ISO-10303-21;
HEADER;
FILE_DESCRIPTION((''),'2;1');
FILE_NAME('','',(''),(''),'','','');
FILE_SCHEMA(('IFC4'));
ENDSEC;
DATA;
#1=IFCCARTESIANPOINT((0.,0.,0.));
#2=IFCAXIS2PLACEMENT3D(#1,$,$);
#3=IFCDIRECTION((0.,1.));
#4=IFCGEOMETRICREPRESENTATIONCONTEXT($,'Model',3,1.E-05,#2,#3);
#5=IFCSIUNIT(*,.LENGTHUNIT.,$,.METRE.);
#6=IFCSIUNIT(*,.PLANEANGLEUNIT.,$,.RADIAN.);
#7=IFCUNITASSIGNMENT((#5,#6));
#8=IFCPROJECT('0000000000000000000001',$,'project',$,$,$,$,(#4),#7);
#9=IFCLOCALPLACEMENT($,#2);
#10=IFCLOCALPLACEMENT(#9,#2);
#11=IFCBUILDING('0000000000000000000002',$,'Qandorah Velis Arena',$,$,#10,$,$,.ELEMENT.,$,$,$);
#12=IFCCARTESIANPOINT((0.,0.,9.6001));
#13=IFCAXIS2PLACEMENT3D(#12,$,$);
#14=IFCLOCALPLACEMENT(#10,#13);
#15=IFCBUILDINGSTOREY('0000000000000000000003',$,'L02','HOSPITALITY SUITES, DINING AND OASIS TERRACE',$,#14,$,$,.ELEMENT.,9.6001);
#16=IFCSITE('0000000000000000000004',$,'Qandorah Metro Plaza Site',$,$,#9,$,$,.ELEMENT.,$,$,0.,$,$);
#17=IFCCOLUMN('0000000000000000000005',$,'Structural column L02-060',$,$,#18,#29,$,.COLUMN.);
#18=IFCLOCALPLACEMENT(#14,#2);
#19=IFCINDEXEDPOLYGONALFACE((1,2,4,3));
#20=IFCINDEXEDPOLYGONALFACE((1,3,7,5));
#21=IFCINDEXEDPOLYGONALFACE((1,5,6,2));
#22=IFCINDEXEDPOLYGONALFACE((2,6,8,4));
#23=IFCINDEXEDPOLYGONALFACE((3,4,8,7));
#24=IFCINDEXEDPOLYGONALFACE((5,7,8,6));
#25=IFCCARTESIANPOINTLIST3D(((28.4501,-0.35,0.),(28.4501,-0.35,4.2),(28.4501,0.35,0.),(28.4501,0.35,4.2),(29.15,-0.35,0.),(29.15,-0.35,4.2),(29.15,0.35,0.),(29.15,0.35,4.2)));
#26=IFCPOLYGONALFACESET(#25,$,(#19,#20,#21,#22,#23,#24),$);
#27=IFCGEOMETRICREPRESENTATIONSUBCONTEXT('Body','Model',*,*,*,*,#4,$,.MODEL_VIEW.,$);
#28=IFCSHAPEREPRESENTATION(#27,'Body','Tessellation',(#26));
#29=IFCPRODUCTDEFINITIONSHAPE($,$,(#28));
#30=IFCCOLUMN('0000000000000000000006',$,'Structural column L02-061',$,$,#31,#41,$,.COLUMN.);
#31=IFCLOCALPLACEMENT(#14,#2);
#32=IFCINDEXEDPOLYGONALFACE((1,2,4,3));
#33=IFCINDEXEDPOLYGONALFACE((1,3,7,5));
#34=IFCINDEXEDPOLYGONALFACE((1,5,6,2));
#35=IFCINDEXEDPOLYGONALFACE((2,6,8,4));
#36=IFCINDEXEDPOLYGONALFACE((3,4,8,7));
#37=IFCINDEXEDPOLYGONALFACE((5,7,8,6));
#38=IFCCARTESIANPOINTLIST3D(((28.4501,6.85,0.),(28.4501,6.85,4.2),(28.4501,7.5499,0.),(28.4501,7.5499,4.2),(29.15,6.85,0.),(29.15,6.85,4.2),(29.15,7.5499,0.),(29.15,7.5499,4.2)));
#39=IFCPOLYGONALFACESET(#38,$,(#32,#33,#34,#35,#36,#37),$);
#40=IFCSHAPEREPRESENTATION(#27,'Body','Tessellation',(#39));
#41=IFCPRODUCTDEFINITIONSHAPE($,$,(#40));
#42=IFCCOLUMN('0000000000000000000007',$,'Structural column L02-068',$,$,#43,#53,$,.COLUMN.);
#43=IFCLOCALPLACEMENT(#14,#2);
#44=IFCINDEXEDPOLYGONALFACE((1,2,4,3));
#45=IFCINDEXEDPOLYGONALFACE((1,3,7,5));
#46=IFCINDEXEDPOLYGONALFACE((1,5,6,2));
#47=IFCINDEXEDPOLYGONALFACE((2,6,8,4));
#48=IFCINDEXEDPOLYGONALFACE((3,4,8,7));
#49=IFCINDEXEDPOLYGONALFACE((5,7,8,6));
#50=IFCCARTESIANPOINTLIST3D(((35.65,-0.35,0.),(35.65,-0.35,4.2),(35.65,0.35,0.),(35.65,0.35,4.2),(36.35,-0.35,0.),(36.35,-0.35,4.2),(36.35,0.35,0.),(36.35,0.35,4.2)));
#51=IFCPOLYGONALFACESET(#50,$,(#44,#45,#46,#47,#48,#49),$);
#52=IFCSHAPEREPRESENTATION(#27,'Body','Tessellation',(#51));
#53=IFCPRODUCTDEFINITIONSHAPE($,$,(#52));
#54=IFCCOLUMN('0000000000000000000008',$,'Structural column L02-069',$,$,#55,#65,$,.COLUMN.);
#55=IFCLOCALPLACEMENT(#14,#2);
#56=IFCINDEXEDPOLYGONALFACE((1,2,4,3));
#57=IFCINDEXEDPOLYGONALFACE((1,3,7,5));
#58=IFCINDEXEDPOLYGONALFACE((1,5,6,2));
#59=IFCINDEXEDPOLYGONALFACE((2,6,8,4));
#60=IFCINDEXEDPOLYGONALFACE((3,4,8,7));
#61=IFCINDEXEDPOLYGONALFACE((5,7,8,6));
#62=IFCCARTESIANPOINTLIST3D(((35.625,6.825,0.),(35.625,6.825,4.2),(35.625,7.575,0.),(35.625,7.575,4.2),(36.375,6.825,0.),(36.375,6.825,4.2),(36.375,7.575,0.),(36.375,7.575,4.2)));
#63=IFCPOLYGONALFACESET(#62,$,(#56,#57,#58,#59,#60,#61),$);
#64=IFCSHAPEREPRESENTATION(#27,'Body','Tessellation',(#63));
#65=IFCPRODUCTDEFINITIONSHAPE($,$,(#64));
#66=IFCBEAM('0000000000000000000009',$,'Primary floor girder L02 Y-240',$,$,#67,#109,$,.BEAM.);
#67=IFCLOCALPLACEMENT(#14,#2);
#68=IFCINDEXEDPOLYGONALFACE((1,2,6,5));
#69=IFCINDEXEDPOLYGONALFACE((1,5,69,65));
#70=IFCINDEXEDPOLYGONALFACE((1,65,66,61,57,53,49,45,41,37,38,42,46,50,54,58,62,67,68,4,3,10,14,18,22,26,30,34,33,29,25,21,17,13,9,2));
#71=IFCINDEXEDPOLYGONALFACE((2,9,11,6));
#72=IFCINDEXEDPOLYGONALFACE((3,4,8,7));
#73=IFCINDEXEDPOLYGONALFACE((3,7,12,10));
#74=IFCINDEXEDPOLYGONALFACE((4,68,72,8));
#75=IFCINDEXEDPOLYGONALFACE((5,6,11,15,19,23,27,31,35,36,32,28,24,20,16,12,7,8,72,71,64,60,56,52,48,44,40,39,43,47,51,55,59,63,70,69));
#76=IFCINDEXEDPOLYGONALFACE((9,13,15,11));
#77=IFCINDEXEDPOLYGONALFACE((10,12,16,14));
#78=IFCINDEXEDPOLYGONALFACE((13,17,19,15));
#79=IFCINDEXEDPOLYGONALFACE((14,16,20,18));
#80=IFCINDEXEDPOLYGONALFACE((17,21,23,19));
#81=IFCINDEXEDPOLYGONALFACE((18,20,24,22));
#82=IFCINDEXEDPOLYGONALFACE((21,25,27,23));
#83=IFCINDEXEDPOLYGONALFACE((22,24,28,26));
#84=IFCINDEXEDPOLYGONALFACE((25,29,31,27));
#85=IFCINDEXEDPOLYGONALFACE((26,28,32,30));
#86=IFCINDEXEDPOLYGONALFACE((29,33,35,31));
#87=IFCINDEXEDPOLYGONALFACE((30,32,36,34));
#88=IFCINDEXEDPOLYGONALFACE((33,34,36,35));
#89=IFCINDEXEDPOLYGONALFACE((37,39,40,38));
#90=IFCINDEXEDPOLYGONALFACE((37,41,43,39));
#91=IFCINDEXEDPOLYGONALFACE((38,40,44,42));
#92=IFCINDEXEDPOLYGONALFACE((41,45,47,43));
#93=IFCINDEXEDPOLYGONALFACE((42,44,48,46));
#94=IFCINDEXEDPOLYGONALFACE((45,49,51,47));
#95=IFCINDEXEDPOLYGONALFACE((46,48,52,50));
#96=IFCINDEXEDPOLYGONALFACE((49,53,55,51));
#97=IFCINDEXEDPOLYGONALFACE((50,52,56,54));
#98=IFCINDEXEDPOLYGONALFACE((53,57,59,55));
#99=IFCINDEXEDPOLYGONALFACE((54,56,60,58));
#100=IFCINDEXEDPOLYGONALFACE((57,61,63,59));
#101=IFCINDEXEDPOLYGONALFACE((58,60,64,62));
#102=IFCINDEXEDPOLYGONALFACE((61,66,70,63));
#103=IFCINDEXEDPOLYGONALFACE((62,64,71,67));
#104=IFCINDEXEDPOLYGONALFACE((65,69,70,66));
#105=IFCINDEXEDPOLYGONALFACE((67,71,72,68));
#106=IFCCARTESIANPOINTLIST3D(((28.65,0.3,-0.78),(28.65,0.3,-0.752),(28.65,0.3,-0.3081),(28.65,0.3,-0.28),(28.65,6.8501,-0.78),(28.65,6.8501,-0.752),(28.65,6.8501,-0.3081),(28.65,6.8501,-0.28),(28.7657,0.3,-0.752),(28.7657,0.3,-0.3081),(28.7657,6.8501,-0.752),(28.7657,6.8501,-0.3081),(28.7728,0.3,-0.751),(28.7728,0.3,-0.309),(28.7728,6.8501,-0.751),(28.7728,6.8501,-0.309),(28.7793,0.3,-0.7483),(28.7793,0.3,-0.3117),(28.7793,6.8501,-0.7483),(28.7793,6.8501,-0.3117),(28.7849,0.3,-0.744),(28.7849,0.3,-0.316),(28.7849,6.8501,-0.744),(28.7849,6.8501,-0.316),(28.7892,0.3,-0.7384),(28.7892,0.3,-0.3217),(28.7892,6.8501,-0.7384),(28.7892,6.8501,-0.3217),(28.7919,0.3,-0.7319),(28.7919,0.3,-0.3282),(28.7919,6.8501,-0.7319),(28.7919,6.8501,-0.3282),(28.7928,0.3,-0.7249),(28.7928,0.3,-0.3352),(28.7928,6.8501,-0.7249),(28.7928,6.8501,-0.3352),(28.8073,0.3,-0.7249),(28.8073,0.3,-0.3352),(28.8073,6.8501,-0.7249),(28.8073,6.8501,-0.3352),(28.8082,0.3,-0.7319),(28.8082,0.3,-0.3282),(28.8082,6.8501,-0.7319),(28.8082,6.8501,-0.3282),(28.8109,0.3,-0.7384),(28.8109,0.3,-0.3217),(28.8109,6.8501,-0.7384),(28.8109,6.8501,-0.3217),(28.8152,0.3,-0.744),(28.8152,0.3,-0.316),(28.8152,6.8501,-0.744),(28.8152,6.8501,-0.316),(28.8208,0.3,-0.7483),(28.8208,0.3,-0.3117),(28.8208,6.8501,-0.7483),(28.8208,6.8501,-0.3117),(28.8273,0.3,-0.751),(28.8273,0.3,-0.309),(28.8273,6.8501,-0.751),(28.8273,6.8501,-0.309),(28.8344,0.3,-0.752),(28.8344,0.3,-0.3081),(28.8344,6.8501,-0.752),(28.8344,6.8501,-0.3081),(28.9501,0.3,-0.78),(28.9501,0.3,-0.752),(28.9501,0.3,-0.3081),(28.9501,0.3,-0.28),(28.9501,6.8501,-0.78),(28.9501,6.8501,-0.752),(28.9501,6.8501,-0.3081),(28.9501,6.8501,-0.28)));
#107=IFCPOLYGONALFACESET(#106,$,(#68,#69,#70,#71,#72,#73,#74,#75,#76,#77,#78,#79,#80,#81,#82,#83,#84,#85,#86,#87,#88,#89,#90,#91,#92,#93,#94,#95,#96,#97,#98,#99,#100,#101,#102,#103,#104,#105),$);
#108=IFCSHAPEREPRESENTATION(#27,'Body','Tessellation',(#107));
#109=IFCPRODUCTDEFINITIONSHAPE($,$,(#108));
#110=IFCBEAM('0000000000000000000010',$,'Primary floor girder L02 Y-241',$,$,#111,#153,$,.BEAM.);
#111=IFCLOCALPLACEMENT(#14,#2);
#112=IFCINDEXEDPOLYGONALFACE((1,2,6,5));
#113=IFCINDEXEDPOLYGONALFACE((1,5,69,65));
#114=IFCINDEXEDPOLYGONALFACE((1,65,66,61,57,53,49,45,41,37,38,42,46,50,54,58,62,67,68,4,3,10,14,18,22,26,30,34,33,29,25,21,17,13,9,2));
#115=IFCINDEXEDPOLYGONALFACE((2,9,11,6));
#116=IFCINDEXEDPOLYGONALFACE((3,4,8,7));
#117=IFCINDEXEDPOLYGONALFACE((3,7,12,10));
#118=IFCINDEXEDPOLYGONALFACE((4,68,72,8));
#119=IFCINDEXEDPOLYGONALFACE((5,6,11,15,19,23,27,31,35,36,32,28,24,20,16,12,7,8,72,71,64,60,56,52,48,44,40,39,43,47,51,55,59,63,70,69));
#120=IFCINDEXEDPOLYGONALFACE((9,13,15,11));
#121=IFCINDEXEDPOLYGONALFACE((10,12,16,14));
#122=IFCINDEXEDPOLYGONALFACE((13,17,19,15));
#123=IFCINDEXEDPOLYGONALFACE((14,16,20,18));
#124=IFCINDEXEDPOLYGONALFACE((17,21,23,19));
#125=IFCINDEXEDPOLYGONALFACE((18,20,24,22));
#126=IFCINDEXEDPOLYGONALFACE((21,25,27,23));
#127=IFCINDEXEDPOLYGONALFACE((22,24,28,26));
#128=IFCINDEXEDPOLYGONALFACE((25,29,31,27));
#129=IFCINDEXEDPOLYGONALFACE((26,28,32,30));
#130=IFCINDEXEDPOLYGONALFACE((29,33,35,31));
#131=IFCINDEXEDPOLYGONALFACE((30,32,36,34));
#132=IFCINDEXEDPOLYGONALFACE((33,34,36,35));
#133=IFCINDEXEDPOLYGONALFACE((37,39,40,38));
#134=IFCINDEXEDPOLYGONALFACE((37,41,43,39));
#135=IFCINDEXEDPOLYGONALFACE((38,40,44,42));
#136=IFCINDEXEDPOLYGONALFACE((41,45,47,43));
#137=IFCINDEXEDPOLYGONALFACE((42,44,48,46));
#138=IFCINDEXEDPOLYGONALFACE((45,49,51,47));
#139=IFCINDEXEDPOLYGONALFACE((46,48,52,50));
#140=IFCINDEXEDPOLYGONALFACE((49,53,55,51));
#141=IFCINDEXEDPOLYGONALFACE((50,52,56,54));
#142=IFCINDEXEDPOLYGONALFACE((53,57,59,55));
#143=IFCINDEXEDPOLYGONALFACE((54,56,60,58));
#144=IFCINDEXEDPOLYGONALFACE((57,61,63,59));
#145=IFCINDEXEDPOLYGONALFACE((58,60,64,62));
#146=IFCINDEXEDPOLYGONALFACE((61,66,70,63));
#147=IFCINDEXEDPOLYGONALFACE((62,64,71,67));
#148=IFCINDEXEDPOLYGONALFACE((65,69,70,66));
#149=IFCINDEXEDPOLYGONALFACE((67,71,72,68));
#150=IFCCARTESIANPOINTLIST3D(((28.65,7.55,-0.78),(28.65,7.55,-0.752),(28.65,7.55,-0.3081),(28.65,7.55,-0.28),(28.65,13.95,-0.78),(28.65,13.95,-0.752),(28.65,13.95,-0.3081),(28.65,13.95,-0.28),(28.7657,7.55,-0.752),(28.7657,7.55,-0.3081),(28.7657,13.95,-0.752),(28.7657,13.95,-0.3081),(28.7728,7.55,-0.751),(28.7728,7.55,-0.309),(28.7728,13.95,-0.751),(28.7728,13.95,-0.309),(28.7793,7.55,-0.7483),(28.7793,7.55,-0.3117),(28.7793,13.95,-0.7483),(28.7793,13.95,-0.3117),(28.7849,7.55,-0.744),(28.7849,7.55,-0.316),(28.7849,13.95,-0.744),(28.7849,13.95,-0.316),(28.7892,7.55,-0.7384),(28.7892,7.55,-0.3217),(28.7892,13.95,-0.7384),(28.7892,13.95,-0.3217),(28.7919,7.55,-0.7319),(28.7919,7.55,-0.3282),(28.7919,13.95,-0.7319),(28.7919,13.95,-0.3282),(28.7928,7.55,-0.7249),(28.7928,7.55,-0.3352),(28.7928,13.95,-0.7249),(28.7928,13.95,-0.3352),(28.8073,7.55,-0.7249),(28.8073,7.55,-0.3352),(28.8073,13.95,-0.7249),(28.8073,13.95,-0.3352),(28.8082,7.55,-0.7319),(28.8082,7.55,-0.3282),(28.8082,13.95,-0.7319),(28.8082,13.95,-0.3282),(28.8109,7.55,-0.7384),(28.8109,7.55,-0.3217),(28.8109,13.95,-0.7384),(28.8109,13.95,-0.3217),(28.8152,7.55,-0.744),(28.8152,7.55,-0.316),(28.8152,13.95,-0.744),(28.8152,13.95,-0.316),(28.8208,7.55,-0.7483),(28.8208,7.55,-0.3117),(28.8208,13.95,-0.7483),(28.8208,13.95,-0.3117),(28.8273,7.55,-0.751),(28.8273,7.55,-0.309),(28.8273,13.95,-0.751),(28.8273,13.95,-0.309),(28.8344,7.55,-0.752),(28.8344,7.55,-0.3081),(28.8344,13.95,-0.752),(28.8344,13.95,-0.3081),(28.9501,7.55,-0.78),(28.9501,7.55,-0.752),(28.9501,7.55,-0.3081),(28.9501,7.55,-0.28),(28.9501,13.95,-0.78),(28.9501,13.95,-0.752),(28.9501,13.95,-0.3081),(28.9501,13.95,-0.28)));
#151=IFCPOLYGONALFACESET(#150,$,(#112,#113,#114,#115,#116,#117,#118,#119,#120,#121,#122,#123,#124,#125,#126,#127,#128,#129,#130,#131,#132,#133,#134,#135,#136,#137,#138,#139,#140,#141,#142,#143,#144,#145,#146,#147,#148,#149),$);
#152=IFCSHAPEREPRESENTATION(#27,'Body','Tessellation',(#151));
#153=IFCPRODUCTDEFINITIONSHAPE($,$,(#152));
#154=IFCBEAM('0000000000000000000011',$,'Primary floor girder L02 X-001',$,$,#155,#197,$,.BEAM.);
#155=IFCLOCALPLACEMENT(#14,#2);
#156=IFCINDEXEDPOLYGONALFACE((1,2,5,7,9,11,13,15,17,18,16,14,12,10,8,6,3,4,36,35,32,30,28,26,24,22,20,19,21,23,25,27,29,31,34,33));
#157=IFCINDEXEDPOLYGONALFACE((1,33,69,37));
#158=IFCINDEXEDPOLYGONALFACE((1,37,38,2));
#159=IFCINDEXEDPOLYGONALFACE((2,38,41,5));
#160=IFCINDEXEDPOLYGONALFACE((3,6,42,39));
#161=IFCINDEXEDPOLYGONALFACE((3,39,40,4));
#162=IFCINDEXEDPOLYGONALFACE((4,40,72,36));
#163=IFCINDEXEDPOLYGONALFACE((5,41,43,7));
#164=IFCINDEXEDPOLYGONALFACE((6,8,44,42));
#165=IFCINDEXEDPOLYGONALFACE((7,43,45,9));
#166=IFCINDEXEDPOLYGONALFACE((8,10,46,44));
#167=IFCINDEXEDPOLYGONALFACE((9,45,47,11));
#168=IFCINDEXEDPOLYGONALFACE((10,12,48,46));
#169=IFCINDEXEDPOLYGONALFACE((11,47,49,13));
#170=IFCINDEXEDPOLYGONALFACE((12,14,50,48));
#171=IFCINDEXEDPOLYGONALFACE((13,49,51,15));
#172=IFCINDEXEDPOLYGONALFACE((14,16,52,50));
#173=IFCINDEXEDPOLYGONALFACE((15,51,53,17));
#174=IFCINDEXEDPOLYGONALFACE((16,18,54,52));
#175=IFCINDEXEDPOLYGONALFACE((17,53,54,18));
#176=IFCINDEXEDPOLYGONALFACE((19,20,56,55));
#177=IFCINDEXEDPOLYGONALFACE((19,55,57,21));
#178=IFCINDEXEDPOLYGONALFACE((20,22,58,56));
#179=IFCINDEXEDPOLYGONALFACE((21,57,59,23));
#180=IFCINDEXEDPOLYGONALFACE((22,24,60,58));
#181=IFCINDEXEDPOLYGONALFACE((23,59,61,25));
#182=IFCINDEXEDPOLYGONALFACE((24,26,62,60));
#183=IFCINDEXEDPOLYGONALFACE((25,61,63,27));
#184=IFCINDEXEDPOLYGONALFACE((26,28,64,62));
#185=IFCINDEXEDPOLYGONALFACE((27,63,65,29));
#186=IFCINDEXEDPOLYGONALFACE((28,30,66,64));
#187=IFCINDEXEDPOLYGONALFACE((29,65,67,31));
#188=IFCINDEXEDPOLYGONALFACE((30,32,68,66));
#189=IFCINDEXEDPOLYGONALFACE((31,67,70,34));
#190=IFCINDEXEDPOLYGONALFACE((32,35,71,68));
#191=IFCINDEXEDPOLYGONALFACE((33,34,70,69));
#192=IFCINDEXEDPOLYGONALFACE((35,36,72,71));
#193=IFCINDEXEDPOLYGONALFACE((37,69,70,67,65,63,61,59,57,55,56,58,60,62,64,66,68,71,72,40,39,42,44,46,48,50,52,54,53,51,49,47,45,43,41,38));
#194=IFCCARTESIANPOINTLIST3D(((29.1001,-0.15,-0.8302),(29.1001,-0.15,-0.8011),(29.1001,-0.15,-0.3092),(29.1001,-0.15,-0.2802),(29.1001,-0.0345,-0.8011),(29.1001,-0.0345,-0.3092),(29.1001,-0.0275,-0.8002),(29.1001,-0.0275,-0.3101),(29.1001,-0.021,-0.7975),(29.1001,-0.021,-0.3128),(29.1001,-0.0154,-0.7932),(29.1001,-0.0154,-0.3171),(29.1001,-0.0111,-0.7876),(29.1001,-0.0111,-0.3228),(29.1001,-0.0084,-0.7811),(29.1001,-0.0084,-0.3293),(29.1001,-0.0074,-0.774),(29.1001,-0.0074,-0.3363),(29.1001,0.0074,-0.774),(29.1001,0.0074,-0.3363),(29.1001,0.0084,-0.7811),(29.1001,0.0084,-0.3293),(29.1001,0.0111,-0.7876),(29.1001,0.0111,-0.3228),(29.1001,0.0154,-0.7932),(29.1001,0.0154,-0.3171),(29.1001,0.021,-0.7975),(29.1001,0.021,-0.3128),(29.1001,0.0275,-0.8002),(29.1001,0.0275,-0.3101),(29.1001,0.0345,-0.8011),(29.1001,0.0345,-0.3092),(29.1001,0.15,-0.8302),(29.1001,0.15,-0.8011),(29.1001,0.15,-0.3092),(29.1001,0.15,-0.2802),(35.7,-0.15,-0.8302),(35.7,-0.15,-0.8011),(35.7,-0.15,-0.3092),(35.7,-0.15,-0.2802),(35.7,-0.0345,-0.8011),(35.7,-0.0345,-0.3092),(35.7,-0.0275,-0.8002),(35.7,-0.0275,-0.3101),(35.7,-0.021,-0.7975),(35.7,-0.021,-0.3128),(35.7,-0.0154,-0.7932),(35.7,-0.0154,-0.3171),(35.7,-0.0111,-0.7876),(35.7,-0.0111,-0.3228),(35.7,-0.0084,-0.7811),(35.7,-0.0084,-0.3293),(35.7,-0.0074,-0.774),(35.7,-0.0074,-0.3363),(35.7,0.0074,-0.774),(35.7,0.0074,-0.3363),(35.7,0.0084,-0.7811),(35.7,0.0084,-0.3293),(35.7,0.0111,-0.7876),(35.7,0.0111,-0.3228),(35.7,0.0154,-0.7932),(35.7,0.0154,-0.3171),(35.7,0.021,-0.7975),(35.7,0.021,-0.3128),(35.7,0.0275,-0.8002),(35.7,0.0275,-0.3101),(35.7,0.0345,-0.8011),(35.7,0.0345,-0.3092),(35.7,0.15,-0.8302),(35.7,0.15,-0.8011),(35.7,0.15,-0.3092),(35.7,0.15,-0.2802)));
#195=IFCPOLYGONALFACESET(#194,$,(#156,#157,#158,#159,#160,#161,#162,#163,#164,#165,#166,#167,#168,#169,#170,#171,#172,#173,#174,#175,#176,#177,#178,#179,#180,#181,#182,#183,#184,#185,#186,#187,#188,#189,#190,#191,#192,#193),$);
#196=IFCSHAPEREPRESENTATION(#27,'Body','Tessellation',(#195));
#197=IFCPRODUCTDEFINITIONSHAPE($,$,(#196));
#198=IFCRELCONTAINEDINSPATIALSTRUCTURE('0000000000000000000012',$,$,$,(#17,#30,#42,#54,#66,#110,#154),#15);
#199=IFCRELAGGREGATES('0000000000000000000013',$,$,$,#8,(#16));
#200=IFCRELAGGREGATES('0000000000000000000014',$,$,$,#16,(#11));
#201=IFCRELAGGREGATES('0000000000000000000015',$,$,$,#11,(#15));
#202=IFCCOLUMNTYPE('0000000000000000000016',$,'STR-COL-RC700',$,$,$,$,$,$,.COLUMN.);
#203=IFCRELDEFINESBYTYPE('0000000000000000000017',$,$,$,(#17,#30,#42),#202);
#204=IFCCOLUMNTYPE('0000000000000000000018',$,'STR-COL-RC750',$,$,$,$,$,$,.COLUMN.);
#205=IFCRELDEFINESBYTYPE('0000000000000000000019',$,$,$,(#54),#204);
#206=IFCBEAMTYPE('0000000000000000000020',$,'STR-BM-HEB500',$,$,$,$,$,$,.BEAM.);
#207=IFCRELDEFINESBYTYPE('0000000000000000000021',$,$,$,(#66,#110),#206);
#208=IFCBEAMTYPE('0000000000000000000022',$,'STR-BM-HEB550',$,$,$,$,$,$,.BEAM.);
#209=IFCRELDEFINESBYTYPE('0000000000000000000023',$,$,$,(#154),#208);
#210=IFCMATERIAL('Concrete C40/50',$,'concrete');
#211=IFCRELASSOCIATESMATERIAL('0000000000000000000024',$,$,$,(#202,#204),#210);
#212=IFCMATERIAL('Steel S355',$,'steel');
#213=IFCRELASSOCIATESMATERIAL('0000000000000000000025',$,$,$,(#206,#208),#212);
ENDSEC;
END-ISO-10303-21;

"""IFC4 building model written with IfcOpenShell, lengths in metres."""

from ifc_helpers import new_model, si_unit, direction, frame, origin, origin_2d, place, context, subcontext, project, spatial, rectangle, i_section, extrude, material, material_profile, profile_set, type_object, element, save


model = new_model("IFC4")

# Units and contexts
model_context = context("Model", 3, precision=1e-05, world=origin(), true_north=direction((0.0, 1.0)))
body_context = subcontext(model_context, "Body", "Model", "MODEL_VIEW")
ifc_project = project(units=[si_unit("LENGTHUNIT", "METRE"), si_unit("PLANEANGLEUNIT", "RADIAN")], contexts=[model_context])

# Site, building, storey
site_placement = place(None, origin())
site = spatial("IfcSite", under=ifc_project, at=site_placement, Name="Qandorah Metro Plaza Site", CompositionType="ELEMENT", RefElevation=0.0)
building_placement = place(site_placement, origin())
building = spatial("IfcBuilding", under=site, at=building_placement, Name="Qandorah Velis Arena", CompositionType="ELEMENT")
storey_placement = place(building_placement, frame((0.0, 0.0, 9.6001)))
storey = spatial("IfcBuildingStorey", under=building, at=storey_placement, Name="L02", Description="HOSPITALITY SUITES, DINING AND OASIS TERRACE", CompositionType="ELEMENT", Elevation=9.6001)

# Columns
ifc_material_1 = material(Name="Concrete C40/50", Category="concrete")
ifc_material_profile_1 = material_profile(ifc_material_1, rectangle(XDim=0.7, YDim=0.7, at=origin_2d()), Name="RC COL 700x700")
ifc_profile_set_1 = profile_set([ifc_material_profile_1], Name="Concrete C40/50")
column_type_1 = type_object("IfcColumnType", Name="STR-COL-RC700", PredefinedType="COLUMN", material=ifc_profile_set_1)
for number, where, z_axis, x_axis, name in (
    (1, (28.8, 0.0, 0.0), (0.0, 0.0, 1.0), (1.0, 0.0, 0.0), "Structural column L02-060"),
    (2, (28.8, 7.2, 0.0), (0.0, 0.0, 1.0), (1.0, 0.0, 0.0), "Structural column L02-061"),
    (3, (36.0, 0.0, 0.0), (0.0, 0.0, 1.0), (1.0, 0.0, 0.0), "Structural column L02-068"),
):
    element("IfcColumn", number, at=place(storey_placement, frame(where, z_axis=z_axis, x_axis=x_axis)), inside=storey, type_object=column_type_1, Name=name, PredefinedType="COLUMN", context=body_context, shape_type="SweptSolid", body=[
        extrude(rectangle(XDim=0.7, YDim=0.7, at=origin_2d()), origin(), (0.0, 0.0, 1.0), 4.2),
    ])
ifc_material_profile_2 = material_profile(ifc_material_1, rectangle(XDim=0.75, YDim=0.75, at=origin_2d()), Name="RC COL 750x750")
ifc_profile_set_2 = profile_set([ifc_material_profile_2], Name="Concrete C40/50")
column_type_2 = type_object("IfcColumnType", Name="STR-COL-RC750", PredefinedType="COLUMN", material=ifc_profile_set_2)
column_placement = place(storey_placement, frame((36.0, 7.2, 0.0), z_axis=(0.0, 0.0, 1.0), x_axis=(1.0, 0.0, 0.0)))
element("IfcColumn", 4, at=column_placement, inside=storey, type_object=column_type_2, Name="Structural column L02-069", PredefinedType="COLUMN", context=body_context, shape_type="SweptSolid", body=[
    extrude(rectangle(XDim=0.75, YDim=0.75, at=origin_2d()), origin(), (0.0, 0.0, 1.0), 4.2),
])

# Beams
ifc_material_2 = material(Name="Steel S355", Category="steel")
ifc_material_profile_3 = material_profile(ifc_material_2, i_section(OverallWidth=0.3, OverallDepth=0.5, WebThickness=0.0144, FlangeThickness=0.0281, FilletRadius=0.0271, at=origin_2d()), Name="HEB 500")
ifc_profile_set_3 = profile_set([ifc_material_profile_3], Name="Steel S355")
beam_type_1 = type_object("IfcBeamType", Name="STR-BM-HEB500", PredefinedType="BEAM", material=ifc_profile_set_3)
beam_1_placement = place(storey_placement, frame((28.8, 0.3, -0.53), z_axis=(0.0, 1.0, 0.0), x_axis=(-1.0, 0.0, 0.0)))
element("IfcBeam", 5, at=beam_1_placement, inside=storey, type_object=beam_type_1, Name="Primary floor girder L02 Y-240", PredefinedType="BEAM", context=body_context, shape_type="SweptSolid", body=[
    extrude(i_section(OverallWidth=0.3, OverallDepth=0.5, WebThickness=0.0144, FlangeThickness=0.0281, FilletRadius=0.0271, at=origin_2d()), origin(), (0.0, 0.0, 1.0), 6.55),
])
beam_2_placement = place(storey_placement, frame((28.8, 7.55, -0.53), z_axis=(0.0, 1.0, 0.0), x_axis=(-1.0, 0.0, 0.0)))
element("IfcBeam", 6, at=beam_2_placement, inside=storey, type_object=beam_type_1, Name="Primary floor girder L02 Y-241", PredefinedType="BEAM", context=body_context, shape_type="SweptSolid", body=[
    extrude(i_section(OverallWidth=0.3, OverallDepth=0.5, WebThickness=0.0144, FlangeThickness=0.0281, FilletRadius=0.0271, at=origin_2d()), origin(), (0.0, 0.0, 1.0), 6.3999),
])
ifc_material_profile_4 = material_profile(ifc_material_2, i_section(OverallWidth=0.3, OverallDepth=0.55, WebThickness=0.0149, FlangeThickness=0.0291, FilletRadius=0.0271, at=origin_2d()), Name="HEB 550")
ifc_profile_set_4 = profile_set([ifc_material_profile_4], Name="Steel S355")
beam_type_2 = type_object("IfcBeamType", Name="STR-BM-HEB550", PredefinedType="BEAM", material=ifc_profile_set_4)
beam_3_placement = place(storey_placement, frame((29.1001, 0.0, -0.5552), z_axis=(1.0, 0.0, 0.0), x_axis=(0.0, 1.0, 0.0)))
element("IfcBeam", 7, at=beam_3_placement, inside=storey, type_object=beam_type_2, Name="Primary floor girder L02 X-001", PredefinedType="BEAM", context=body_context, shape_type="SweptSolid", body=[
    extrude(i_section(OverallWidth=0.3, OverallDepth=0.55, WebThickness=0.0149, FlangeThickness=0.0291, FilletRadius=0.0271, at=origin_2d()), origin(), (0.0, 0.0, 1.0), 6.5999),
])

save(model, "model.ifc")
